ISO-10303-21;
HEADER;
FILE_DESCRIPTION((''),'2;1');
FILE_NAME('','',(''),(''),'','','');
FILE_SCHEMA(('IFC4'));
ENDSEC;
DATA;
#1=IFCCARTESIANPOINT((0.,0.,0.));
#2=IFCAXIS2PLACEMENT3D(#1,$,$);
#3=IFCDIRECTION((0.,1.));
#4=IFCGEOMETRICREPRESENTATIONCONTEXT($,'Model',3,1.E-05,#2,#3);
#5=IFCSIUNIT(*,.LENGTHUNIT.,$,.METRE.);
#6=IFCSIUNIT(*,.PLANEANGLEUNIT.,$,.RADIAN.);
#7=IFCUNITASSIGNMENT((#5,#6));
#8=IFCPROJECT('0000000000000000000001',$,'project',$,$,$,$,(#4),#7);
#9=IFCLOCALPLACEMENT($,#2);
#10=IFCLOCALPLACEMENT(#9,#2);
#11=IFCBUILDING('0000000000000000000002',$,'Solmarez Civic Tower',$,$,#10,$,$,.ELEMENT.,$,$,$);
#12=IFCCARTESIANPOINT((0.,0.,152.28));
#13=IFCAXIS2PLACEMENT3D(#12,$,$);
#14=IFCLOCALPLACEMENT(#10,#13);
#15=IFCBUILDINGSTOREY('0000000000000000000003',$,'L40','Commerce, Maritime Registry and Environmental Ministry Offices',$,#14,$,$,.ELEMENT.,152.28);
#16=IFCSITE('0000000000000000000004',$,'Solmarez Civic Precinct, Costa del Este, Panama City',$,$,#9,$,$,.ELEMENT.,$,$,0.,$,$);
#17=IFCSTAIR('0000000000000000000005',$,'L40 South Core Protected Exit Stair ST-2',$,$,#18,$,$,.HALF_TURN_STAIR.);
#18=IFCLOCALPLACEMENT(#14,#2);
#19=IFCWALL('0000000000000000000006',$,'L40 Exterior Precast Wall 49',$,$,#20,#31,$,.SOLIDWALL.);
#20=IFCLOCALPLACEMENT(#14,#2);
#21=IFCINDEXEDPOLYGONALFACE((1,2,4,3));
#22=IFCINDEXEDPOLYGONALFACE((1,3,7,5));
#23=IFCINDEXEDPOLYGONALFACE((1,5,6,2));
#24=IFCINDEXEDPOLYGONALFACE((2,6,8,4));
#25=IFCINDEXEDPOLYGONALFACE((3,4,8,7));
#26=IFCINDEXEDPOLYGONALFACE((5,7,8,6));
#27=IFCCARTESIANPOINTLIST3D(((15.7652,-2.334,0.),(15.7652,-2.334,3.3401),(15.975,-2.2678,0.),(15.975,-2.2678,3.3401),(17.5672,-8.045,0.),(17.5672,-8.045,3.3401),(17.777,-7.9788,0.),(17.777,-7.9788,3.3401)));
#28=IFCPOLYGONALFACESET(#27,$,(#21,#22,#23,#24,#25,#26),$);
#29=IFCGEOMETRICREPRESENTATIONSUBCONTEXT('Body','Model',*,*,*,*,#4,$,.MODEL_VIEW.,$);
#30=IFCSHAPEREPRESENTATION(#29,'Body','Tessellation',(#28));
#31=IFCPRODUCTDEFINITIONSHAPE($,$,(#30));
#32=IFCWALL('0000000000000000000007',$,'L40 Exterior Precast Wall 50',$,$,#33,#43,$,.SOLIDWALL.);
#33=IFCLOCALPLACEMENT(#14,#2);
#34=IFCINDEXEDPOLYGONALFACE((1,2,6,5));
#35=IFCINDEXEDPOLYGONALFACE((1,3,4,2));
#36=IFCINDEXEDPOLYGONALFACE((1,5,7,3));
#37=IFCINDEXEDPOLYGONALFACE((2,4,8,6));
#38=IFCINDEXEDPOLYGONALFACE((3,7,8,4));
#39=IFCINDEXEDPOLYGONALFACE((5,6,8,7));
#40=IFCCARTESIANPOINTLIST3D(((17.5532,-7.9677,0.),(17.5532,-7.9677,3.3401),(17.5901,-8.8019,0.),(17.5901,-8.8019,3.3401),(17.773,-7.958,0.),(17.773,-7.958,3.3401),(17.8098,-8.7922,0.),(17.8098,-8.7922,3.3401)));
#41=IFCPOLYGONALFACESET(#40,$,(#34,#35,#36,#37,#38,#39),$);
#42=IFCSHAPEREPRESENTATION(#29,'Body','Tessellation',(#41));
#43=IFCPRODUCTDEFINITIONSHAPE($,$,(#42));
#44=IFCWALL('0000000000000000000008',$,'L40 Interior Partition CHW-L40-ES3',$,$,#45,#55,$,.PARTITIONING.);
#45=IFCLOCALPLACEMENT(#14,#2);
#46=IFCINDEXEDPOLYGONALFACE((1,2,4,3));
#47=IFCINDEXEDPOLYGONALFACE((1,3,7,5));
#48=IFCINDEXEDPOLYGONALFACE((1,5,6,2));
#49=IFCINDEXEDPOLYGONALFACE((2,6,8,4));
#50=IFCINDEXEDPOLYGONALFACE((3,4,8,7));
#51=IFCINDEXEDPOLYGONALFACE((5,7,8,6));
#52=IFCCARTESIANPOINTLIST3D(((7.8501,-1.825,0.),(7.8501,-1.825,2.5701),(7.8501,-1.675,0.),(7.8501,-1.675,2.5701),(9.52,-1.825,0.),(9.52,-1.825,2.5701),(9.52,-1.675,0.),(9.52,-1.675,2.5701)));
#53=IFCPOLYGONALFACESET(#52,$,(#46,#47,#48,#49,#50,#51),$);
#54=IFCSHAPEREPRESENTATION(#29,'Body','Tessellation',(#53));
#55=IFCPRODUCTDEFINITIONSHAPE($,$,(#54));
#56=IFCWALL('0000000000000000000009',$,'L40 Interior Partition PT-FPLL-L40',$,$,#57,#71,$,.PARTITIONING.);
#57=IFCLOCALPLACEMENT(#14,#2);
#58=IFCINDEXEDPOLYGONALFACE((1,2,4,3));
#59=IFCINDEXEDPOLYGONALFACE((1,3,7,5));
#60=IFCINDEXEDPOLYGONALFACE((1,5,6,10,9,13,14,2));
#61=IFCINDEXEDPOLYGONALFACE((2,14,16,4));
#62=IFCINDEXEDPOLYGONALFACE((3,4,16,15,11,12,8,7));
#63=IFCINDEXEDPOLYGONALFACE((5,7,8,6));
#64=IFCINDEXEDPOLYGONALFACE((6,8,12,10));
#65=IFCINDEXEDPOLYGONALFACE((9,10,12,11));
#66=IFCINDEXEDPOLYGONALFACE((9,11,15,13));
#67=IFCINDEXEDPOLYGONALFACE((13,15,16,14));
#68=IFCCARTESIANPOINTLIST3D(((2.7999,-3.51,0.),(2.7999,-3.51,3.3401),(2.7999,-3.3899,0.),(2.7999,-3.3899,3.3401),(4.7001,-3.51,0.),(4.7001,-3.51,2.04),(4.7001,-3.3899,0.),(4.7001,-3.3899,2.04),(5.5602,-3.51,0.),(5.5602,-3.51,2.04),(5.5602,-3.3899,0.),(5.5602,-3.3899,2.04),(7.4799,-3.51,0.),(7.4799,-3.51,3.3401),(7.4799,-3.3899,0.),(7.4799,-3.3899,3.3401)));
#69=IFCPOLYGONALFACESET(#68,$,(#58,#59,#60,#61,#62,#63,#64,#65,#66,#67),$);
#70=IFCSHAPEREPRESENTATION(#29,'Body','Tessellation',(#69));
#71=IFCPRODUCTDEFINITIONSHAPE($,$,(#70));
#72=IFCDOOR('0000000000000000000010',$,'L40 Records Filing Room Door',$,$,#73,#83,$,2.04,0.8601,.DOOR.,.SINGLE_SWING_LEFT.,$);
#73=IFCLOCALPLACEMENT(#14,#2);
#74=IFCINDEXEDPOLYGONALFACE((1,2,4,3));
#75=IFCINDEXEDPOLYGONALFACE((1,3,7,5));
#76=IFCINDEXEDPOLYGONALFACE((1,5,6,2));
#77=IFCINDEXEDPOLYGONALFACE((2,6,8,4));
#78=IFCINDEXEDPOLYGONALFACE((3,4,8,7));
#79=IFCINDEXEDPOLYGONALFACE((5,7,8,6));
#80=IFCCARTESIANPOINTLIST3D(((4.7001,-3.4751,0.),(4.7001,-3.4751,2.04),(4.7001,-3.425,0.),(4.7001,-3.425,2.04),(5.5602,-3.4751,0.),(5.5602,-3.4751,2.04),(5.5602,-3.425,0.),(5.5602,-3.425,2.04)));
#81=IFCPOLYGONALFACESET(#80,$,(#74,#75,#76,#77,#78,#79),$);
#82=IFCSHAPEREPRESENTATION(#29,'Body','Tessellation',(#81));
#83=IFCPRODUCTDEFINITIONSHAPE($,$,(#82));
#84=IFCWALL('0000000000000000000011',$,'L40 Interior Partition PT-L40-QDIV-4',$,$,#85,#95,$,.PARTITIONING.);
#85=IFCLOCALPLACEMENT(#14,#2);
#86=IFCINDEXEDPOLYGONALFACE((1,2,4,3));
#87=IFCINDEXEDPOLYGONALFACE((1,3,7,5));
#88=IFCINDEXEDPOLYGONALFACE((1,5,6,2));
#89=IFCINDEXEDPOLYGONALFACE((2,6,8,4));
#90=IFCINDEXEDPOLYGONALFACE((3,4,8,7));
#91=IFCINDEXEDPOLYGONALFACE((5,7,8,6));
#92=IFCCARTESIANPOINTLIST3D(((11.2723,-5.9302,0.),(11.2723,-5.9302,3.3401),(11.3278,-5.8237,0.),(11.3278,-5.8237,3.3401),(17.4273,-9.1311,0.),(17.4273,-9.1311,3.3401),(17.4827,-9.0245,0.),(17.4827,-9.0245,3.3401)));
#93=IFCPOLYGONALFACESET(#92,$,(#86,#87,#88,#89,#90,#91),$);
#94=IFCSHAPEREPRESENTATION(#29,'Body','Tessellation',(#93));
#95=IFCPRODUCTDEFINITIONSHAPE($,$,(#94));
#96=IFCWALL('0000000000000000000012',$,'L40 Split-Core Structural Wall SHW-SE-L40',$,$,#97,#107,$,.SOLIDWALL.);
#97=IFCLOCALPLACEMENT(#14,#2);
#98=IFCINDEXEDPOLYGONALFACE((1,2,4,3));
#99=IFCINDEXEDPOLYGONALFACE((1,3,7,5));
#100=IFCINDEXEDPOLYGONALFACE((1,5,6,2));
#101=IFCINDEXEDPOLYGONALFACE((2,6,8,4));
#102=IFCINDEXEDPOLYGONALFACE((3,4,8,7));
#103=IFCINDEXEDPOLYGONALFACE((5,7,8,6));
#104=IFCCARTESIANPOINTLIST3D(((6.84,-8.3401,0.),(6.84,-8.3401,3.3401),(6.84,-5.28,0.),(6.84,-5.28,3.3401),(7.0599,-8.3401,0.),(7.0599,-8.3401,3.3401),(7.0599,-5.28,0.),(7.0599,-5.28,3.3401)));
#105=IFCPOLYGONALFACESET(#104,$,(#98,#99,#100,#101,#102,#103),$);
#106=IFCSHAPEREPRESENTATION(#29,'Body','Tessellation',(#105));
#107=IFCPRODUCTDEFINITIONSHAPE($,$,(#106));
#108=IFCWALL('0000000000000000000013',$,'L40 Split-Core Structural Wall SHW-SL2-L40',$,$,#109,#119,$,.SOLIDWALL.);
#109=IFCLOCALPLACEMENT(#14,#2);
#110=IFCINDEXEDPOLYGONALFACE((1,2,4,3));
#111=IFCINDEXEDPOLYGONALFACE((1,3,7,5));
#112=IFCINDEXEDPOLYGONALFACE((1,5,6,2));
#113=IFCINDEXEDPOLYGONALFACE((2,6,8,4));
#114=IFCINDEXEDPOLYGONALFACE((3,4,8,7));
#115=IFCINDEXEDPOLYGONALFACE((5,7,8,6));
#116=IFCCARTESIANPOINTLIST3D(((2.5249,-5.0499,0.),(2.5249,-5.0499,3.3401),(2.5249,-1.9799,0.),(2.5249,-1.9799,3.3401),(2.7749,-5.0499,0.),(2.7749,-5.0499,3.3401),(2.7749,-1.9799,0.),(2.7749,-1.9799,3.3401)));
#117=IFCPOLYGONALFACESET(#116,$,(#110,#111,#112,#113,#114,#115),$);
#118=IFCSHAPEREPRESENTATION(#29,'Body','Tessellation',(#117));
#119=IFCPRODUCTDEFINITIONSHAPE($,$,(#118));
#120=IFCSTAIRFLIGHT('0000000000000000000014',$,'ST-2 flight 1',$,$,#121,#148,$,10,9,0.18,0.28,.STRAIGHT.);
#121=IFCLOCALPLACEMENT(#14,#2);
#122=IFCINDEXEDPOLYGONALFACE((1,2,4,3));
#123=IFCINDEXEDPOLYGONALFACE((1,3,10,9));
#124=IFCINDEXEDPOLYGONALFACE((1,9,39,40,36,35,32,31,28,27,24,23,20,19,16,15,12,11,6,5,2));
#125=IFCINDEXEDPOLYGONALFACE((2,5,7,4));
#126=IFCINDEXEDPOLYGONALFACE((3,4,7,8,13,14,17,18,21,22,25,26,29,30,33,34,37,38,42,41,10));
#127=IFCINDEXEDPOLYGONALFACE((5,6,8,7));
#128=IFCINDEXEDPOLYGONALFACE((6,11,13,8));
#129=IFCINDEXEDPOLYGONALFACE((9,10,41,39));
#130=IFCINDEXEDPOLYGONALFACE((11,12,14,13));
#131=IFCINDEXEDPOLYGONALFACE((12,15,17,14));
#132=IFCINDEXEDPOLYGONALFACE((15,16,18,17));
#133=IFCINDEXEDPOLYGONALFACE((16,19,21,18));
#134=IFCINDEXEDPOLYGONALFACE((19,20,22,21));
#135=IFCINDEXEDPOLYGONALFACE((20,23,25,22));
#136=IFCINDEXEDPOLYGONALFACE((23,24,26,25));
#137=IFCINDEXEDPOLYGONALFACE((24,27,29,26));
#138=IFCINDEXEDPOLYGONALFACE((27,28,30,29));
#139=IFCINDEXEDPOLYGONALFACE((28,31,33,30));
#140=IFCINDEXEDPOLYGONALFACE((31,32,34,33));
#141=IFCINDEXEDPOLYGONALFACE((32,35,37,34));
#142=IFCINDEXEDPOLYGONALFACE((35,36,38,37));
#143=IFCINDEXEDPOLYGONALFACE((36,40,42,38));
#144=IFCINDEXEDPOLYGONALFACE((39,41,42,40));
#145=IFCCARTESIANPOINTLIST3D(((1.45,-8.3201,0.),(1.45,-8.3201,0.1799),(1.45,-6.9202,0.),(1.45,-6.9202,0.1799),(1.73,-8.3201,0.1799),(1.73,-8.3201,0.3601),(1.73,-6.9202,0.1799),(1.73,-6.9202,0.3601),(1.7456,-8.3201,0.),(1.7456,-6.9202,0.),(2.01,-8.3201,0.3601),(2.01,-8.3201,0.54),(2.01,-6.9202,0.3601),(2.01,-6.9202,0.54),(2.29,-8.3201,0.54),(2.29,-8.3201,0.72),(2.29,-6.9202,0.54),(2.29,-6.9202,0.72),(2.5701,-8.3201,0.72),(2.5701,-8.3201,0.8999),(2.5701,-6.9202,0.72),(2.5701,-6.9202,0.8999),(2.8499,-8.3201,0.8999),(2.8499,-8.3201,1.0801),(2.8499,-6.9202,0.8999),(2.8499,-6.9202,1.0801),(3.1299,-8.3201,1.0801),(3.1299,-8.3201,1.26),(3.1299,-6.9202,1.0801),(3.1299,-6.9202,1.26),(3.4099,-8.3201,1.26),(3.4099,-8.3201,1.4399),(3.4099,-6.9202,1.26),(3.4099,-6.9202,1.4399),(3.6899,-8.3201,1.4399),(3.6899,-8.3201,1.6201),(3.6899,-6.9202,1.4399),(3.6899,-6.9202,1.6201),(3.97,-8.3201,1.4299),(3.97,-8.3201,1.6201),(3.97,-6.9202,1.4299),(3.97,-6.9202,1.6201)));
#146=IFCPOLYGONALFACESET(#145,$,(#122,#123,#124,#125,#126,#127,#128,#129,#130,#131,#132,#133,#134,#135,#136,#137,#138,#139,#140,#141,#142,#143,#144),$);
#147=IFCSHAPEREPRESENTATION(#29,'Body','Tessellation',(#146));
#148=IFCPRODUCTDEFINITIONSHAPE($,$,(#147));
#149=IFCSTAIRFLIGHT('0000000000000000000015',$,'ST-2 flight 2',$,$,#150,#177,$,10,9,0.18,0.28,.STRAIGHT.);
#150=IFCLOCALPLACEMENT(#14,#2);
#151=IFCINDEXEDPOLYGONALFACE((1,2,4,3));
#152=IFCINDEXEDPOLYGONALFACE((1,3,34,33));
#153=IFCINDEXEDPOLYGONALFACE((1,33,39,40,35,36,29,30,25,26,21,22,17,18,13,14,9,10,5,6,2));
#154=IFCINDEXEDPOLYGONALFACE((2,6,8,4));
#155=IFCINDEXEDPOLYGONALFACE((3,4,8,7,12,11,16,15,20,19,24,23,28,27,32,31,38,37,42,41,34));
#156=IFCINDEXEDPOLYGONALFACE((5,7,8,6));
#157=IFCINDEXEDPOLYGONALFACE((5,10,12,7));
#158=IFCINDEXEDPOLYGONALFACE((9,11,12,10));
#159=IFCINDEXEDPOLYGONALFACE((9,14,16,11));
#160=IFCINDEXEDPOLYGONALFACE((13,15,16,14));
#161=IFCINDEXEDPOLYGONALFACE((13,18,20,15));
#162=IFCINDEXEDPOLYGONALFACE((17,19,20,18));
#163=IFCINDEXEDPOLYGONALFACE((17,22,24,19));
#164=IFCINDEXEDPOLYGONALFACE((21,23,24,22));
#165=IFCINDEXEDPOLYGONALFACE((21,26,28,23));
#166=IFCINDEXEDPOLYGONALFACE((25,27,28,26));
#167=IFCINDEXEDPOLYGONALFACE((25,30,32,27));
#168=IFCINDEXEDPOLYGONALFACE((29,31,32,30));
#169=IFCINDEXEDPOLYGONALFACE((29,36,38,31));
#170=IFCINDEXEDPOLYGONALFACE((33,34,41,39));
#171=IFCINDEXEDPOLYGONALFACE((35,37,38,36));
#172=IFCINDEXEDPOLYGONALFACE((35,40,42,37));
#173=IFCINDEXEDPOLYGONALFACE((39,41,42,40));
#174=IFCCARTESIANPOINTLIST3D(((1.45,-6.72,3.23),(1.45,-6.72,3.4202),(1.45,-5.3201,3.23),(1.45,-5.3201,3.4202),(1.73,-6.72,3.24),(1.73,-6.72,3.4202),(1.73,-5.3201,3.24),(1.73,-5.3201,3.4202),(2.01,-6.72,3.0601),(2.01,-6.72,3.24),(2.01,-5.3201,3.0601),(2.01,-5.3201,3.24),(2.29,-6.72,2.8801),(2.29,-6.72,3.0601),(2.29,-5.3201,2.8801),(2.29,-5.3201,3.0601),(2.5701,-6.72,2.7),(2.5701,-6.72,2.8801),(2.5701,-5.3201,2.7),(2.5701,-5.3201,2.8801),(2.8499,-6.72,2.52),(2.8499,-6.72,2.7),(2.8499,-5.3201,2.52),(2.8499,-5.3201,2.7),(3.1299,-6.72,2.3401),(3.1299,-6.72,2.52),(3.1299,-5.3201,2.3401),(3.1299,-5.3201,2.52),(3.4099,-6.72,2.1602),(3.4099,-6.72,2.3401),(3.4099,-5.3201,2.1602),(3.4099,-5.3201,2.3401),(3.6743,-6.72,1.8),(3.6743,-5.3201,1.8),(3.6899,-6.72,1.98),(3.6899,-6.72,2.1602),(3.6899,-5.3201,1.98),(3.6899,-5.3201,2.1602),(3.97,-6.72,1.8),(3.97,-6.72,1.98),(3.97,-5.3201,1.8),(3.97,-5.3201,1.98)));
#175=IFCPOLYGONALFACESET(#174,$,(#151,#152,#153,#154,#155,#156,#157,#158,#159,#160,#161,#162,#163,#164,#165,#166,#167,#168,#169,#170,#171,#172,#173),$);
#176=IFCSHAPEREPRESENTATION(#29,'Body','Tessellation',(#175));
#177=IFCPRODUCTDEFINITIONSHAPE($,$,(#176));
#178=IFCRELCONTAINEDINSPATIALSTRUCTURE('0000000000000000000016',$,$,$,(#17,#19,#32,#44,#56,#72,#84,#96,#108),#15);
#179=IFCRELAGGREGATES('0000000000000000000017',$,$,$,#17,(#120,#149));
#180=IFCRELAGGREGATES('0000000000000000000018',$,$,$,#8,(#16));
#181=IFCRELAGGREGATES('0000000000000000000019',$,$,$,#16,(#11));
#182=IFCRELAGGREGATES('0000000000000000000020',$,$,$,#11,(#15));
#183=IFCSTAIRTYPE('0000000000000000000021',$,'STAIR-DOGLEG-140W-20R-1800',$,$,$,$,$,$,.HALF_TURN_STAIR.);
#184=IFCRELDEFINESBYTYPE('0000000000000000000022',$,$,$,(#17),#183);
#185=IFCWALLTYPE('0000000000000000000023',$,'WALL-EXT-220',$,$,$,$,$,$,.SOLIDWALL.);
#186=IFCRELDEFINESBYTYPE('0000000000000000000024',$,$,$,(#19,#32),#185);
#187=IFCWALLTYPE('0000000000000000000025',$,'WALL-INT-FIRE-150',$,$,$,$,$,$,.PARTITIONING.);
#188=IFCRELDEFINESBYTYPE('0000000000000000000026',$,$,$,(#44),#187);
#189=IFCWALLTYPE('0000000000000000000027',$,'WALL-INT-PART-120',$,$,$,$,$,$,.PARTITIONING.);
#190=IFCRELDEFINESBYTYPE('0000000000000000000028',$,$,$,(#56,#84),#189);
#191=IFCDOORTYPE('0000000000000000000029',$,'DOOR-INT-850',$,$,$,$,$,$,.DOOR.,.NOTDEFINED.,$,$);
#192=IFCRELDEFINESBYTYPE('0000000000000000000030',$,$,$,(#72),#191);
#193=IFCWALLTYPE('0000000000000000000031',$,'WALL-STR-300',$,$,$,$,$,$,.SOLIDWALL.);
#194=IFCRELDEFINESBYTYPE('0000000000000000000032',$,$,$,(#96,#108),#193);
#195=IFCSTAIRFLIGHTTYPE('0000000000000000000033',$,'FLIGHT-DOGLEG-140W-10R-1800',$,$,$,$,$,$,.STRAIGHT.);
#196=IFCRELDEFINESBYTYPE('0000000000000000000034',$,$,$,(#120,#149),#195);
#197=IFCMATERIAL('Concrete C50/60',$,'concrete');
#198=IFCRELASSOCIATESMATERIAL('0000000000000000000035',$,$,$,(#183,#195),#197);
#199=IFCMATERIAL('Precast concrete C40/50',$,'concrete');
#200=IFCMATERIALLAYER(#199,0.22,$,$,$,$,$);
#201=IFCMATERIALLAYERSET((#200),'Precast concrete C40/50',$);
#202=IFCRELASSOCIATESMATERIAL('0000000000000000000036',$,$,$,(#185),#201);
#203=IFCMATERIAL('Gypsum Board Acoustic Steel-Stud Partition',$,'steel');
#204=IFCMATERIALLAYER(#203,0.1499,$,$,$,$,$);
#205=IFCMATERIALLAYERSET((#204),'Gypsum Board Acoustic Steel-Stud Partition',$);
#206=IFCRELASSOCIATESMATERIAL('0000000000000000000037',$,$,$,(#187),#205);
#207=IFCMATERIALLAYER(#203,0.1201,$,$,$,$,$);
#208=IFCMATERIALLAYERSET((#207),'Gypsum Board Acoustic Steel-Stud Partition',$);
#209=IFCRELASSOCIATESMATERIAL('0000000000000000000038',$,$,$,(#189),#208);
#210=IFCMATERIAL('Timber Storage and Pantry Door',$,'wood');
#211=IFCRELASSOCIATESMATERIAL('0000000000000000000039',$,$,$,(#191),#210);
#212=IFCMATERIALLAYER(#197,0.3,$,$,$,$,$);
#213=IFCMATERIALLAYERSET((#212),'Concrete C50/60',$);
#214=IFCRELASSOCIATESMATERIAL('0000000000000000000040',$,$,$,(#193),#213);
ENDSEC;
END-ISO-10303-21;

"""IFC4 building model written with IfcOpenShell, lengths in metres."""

from ifc_helpers import new_model, si_unit, direction, frame, frame_2d, origin, place, context, subcontext, project, spatial, polyline, rectangle, outline, extrude, material, layer, layer_set, type_object, element, fill, aggregate, save


model = new_model("IFC4")

# Units and contexts
model_context = context("Model", 3, precision=1e-05, world=origin(), true_north=direction((0.0, 1.0)))
body_context = subcontext(model_context, "Body", "Model", "MODEL_VIEW")
ifc_project = project(units=[si_unit("LENGTHUNIT", "METRE"), si_unit("PLANEANGLEUNIT", "RADIAN")], contexts=[model_context])

# Site, building, storey
site_placement = place(None, origin())
site = spatial("IfcSite", under=ifc_project, at=site_placement, Name="Solmarez Civic Precinct, Costa del Este, Panama City", CompositionType="ELEMENT", RefElevation=0.0)
building_placement = place(site_placement, origin())
building = spatial("IfcBuilding", under=site, at=building_placement, Name="Solmarez Civic Tower", CompositionType="ELEMENT")
storey_placement = place(building_placement, frame((0.0, 0.0, 152.28)))
storey = spatial("IfcBuildingStorey", under=building, at=storey_placement, Name="L40", Description="Commerce, Maritime Registry and Environmental Ministry Offices", CompositionType="ELEMENT", Elevation=152.28)

# Shared definitions
ifc_material_1 = material(Name="Concrete C50/60", Category="concrete")

# Stair
stair_type = type_object("IfcStairType", Name="STAIR-DOGLEG-140W-20R-1800", PredefinedType="HALF_TURN_STAIR", material=ifc_material_1)
stair_1_placement = place(storey_placement, origin())
stair_1 = element("IfcStair", 1, at=stair_1_placement, inside=storey, type_object=stair_type, Name="L40 South Core Protected Exit Stair ST-2", PredefinedType="HALF_TURN_STAIR")

# Walls
ifc_material_2 = material(Name="Precast concrete C40/50", Category="concrete")
ifc_layer_1 = layer(ifc_material_2, 0.22)
ifc_layer_set_1 = layer_set([ifc_layer_1], Name="Precast concrete C40/50")
wall_type_1 = type_object("IfcWallType", Name="WALL-EXT-220", PredefinedType="SOLIDWALL", material=ifc_layer_set_1)
wall_1_placement = place(storey_placement, frame((15.8701, -2.301, 0.0), z_axis=(0.0, 0.0, 1.0), x_axis=(0.300911, -0.953652, 0.0)))
element("IfcWall", 2, at=wall_1_placement, inside=storey, type_object=wall_type_1, Name="L40 Exterior Precast Wall 49", PredefinedType="SOLIDWALL", context=body_context, shape_type="SweptSolid", body=[
    extrude(rectangle(XDim=5.9885, YDim=0.22, at=frame_2d((2.9941, 0.0))), origin(), (0.0, 0.0, 1.0), 3.3401),
])
wall_2_placement = place(storey_placement, frame((17.6631, -7.9629, 0.0), z_axis=(0.0, 0.0, 1.0), x_axis=(0.044148, -0.999025, 0.0)))
element("IfcWall", 3, at=wall_2_placement, inside=storey, type_object=wall_type_1, Name="L40 Exterior Precast Wall 50", PredefinedType="SOLIDWALL", context=body_context, shape_type="SweptSolid", body=[
    extrude(rectangle(XDim=0.835, YDim=0.22, at=frame_2d((0.4175, 0.0))), origin(), (0.0, 0.0, 1.0), 3.3401),
])
ifc_material_3 = material(Name="Gypsum Board Acoustic Steel-Stud Partition", Category="steel")
ifc_layer_2 = layer(ifc_material_3, 0.1499)
ifc_layer_set_2 = layer_set([ifc_layer_2], Name="Gypsum Board Acoustic Steel-Stud Partition")
wall_type_2 = type_object("IfcWallType", Name="WALL-INT-FIRE-150", PredefinedType="PARTITIONING", material=ifc_layer_set_2)
wall_3_placement = place(storey_placement, frame((7.8501, -1.75, 0.0), z_axis=(0.0, 0.0, 1.0), x_axis=(1.0, 0.0, 0.0)))
element("IfcWall", 4, at=wall_3_placement, inside=storey, type_object=wall_type_2, Name="L40 Interior Partition CHW-L40-ES3", PredefinedType="PARTITIONING", context=body_context, shape_type="SweptSolid", body=[
    extrude(rectangle(XDim=1.6699, YDim=0.1499, at=frame_2d((0.835, 0.0))), origin(), (0.0, 0.0, 1.0), 2.5701),
])

# Wall, opening, door
ifc_layer_3 = layer(ifc_material_3, 0.1201)
ifc_layer_set_3 = layer_set([ifc_layer_3], Name="Gypsum Board Acoustic Steel-Stud Partition")
wall_type_3 = type_object("IfcWallType", Name="WALL-INT-PART-120", PredefinedType="PARTITIONING", material=ifc_layer_set_3)
wall_4_placement = place(storey_placement, frame((2.8, -3.45, 0.0), z_axis=(0.0, 0.0, 1.0), x_axis=(1.0, 0.0, 0.0)))
wall_4 = element("IfcWall", 5, at=wall_4_placement, inside=storey, type_object=wall_type_3, Name="L40 Interior Partition PT-FPLL-L40", PredefinedType="PARTITIONING", context=body_context, shape_type="SweptSolid", body=[
    extrude(rectangle(XDim=4.6799, YDim=0.1201, at=frame_2d((2.3398, 0.0))), origin(), (0.0, 0.0, 1.0), 3.3401),
])
opening_placement = place(wall_4_placement, frame((1.8999, 0.0, 0.0)))
opening = element("IfcOpeningElement", 6, at=opening_placement, cuts=wall_4, PredefinedType="OPENING", context=body_context, shape_type="SweptSolid", body=[
    extrude(rectangle(XDim=0.8601, YDim=2.04, at=frame_2d((0.4302, 1.02))), frame((0.0, 0.0701, 0.0), z_axis=(0.0, -1.0, 0.0), x_axis=(1.0, 0.0, 0.0)), (0.0, 0.0, 1.0), 0.1401),
])
ifc_material_4 = material(Name="Timber Storage and Pantry Door", Category="wood")
door_type = type_object("IfcDoorType", Name="DOOR-INT-850", OperationType="NOTDEFINED", PredefinedType="DOOR", material=ifc_material_4)
door_placement = place(opening_placement, origin())
door = element("IfcDoor", 7, at=door_placement, inside=storey, type_object=door_type, Name="L40 Records Filing Room Door", OperationType="SINGLE_SWING_LEFT", OverallHeight=2.04, OverallWidth=0.8601, PredefinedType="DOOR", context=body_context, shape_type="SweptSolid", body=[
    extrude(rectangle(XDim=0.8601, YDim=2.04, at=frame_2d((0.4302, 1.02))), frame((0.0, 0.0249, 0.0), z_axis=(0.0, -1.0, 0.0), x_axis=(1.0, 0.0, 0.0)), (0.0, 0.0, 1.0), 0.05),
])
fill(opening, door)

# Walls
wall_5_placement = place(storey_placement, frame((11.3, -5.877, 0.0), z_axis=(0.0, 0.0, 1.0), x_axis=(0.887198, -0.461388, 0.0)))
element("IfcWall", 8, at=wall_5_placement, inside=storey, type_object=wall_type_3, Name="L40 Interior Partition PT-L40-QDIV-4", PredefinedType="PARTITIONING", context=body_context, shape_type="SweptSolid", body=[
    extrude(rectangle(XDim=6.9375, YDim=0.1201, at=frame_2d((3.4688, 0.0))), origin(), (0.0, 0.0, 1.0), 3.3401),
])
ifc_layer_4 = layer(ifc_material_1, 0.3)
ifc_layer_set_4 = layer_set([ifc_layer_4], Name="Concrete C50/60")
wall_type_4 = type_object("IfcWallType", Name="WALL-STR-300", PredefinedType="SOLIDWALL", material=ifc_layer_set_4)
wall_6_placement = place(storey_placement, frame((6.95, -8.3401, 0.0), z_axis=(0.0, 0.0, 1.0), x_axis=(0.0, 1.0, 0.0)))
element("IfcWall", 9, at=wall_6_placement, inside=storey, type_object=wall_type_4, Name="L40 Split-Core Structural Wall SHW-SE-L40", PredefinedType="SOLIDWALL", context=body_context, shape_type="SweptSolid", body=[
    extrude(rectangle(XDim=3.0601, YDim=0.22, at=frame_2d((1.53, 0.0))), origin(), (0.0, 0.0, 1.0), 3.3401),
])
wall_7_placement = place(storey_placement, frame((2.6499, -5.05, 0.0), z_axis=(0.0, 0.0, 1.0), x_axis=(0.0, 1.0, 0.0)))
element("IfcWall", 10, at=wall_7_placement, inside=storey, type_object=wall_type_4, Name="L40 Split-Core Structural Wall SHW-SL2-L40", PredefinedType="SOLIDWALL", context=body_context, shape_type="SweptSolid", body=[
    extrude(rectangle(XDim=3.0701, YDim=0.25, at=frame_2d((1.5352, 0.0))), origin(), (0.0, 0.0, 1.0), 3.3401),
])

# Stair flights
stair_flight_type = type_object("IfcStairFlightType", Name="FLIGHT-DOGLEG-140W-10R-1800", PredefinedType="STRAIGHT", material=ifc_material_1)
stair_flight_1_placement = place(storey_placement, frame((1.45, -7.6201, 0.0), z_axis=(0.0, 0.0, 1.0), x_axis=(1.0, 0.0, 0.0)))
stair_flight_1 = element("IfcStairFlight", 11, at=stair_flight_1_placement, type_object=stair_flight_type, Name="ST-2 flight 1", NumberOfRisers=10, NumberOfTreads=9, PredefinedType="STRAIGHT", RiserHeight=0.18, TreadLength=0.28, context=body_context, shape_type="SweptSolid", body=[
    extrude(outline(polyline([(0.0, 0.0), (0.0, 0.1799), (0.28, 0.1799), (0.28, 0.3601), (0.5601, 0.3601), (0.5601, 0.54), (0.8401, 0.54), (0.8401, 0.72), (1.1201, 0.72), (1.1201, 0.8999), (1.3999, 0.8999), (1.3999, 1.0801), (1.6799, 1.0801), (1.6799, 1.26), (1.96, 1.26), (1.96, 1.4399), (2.24, 1.4399), (2.24, 1.6201), (2.52, 1.6201), (2.52, 1.8), (2.52, 1.4299), (0.2957, 0.0), (0.0, 0.0)])), frame((0.0, 0.7, 0.0), z_axis=(0.0, -1.0, 0.0), x_axis=(1.0, 0.0, 0.0)), (0.0, 0.0, 1.0), 1.3999),
])
stair_flight_2_placement = place(storey_placement, frame((3.97, -6.02, 1.8), z_axis=(0.0, 0.0, 1.0), x_axis=(-1.0, 0.0, 0.0)))
stair_flight_2 = element("IfcStairFlight", 12, at=stair_flight_2_placement, type_object=stair_flight_type, Name="ST-2 flight 2", NumberOfRisers=10, NumberOfTreads=9, PredefinedType="STRAIGHT", RiserHeight=0.18, TreadLength=0.28, context=body_context, shape_type="SweptSolid", body=[
    extrude(outline(polyline([(0.0, 0.0), (0.0, 0.1799), (0.28, 0.1799), (0.28, 0.3601), (0.5601, 0.3601), (0.5601, 0.54), (0.8401, 0.54), (0.8401, 0.72), (1.1201, 0.72), (1.1201, 0.8999), (1.3999, 0.8999), (1.3999, 1.0801), (1.6799, 1.0801), (1.6799, 1.26), (1.96, 1.26), (1.96, 1.4399), (2.24, 1.4399), (2.24, 1.6201), (2.52, 1.6201), (2.52, 1.8), (2.52, 1.4299), (0.2957, 0.0), (0.0, 0.0)])), frame((0.0, 0.7, 0.0), z_axis=(0.0, -1.0, 0.0), x_axis=(1.0, 0.0, 0.0)), (0.0, 0.0, 1.0), 1.3999),
])
aggregate(stair_1, [stair_flight_1, stair_flight_2])

save(model, "model.ifc")
